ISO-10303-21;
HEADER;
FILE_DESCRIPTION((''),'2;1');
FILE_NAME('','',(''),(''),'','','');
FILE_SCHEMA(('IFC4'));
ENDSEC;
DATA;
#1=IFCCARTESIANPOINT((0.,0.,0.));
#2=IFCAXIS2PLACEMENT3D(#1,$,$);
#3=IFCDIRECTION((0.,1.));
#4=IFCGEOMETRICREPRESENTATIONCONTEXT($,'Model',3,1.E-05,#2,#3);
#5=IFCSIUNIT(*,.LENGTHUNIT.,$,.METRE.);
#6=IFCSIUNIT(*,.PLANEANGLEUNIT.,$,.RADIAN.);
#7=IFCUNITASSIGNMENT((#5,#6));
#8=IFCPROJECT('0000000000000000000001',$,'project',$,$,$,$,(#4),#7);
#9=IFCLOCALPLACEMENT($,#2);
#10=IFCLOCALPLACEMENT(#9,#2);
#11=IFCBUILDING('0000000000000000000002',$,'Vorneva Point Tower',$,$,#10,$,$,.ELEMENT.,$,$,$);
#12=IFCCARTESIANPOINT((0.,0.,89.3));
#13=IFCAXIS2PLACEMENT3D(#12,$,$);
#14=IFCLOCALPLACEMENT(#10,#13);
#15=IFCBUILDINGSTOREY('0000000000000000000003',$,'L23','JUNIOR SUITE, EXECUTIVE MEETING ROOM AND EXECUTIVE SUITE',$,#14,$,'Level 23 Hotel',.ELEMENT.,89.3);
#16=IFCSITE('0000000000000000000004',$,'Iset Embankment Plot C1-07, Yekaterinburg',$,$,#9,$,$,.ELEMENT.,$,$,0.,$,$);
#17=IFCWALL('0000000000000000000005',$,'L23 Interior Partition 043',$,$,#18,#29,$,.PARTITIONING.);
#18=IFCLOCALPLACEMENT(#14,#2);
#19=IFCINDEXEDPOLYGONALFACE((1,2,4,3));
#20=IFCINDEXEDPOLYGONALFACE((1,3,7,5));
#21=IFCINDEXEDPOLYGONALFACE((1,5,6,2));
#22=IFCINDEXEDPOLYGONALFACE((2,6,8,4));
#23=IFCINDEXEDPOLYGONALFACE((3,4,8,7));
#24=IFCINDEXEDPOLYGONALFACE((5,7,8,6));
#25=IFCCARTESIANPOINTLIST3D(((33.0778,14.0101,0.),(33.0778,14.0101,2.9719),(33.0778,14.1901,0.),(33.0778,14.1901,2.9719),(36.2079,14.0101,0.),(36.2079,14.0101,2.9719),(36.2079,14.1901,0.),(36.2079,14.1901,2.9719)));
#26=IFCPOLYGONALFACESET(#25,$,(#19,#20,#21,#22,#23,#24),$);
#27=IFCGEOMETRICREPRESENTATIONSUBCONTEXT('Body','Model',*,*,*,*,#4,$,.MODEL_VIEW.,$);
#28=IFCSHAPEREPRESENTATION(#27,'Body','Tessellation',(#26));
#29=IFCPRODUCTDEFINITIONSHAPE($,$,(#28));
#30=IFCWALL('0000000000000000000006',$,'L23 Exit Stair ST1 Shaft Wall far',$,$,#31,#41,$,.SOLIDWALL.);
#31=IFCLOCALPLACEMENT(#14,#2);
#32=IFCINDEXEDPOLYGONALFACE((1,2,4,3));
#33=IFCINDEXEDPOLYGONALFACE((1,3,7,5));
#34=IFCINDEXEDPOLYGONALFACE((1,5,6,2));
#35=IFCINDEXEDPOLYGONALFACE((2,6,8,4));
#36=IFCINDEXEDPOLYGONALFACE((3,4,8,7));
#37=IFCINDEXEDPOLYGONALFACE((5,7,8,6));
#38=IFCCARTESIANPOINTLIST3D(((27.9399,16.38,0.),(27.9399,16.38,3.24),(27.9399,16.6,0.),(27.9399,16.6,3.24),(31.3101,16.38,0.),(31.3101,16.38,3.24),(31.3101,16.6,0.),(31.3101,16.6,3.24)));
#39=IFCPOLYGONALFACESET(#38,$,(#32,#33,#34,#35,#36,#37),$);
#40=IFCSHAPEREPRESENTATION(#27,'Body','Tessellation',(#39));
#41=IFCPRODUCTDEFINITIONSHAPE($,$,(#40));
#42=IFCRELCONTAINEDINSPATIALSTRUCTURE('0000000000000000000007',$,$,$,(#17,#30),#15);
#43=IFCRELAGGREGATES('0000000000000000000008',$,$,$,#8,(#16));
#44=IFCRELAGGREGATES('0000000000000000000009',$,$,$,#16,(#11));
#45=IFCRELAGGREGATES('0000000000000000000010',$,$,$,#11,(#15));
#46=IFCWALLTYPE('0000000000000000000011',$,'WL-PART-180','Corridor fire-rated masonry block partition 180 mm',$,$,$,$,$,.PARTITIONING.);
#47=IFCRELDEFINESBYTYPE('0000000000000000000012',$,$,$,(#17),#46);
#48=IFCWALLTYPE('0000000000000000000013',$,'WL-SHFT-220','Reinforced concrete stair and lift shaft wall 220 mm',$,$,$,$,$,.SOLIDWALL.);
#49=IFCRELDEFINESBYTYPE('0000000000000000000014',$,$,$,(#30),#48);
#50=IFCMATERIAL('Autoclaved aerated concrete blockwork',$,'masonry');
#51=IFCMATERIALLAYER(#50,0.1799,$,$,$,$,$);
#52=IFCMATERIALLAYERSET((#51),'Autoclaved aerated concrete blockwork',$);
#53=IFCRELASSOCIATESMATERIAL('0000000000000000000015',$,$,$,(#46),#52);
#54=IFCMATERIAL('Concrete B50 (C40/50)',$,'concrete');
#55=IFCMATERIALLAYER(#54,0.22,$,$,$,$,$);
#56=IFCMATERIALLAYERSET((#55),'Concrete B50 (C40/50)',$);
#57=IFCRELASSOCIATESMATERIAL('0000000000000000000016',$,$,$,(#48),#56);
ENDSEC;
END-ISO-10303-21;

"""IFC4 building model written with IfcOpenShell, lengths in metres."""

from ifc_helpers import new_model, si_unit, direction, frame, frame_2d, origin, place, context, subcontext, project, spatial, rectangle, extrude, material, layer, layer_set, type_object, element, save


model = new_model("IFC4")

# Units and contexts
model_context = context("Model", 3, precision=1e-05, world=origin(), true_north=direction((0.0, 1.0)))
body_context = subcontext(model_context, "Body", "Model", "MODEL_VIEW")
ifc_project = project(units=[si_unit("LENGTHUNIT", "METRE"), si_unit("PLANEANGLEUNIT", "RADIAN")], contexts=[model_context])

# Site, building, storey
site_placement = place(None, origin())
site = spatial("IfcSite", under=ifc_project, at=site_placement, Name="Iset Embankment Plot C1-07, Yekaterinburg", CompositionType="ELEMENT", RefElevation=0.0)
building_placement = place(site_placement, origin())
building = spatial("IfcBuilding", under=site, at=building_placement, Name="Vorneva Point Tower", CompositionType="ELEMENT")
storey_placement = place(building_placement, frame((0.0, 0.0, 89.3)))
storey = spatial("IfcBuildingStorey", under=building, at=storey_placement, Name="L23", Description="JUNIOR SUITE, EXECUTIVE MEETING ROOM AND EXECUTIVE SUITE", LongName="Level 23 Hotel", CompositionType="ELEMENT", Elevation=89.3)

# Shared definitions
ifc_material_1 = material(Name="Autoclaved aerated concrete blockwork", Category="masonry")
ifc_layer_1 = layer(ifc_material_1, 0.1799)
ifc_layer_set_1 = layer_set([ifc_layer_1], Name="Autoclaved aerated concrete blockwork")
wall_type_1 = type_object("IfcWallType", Name="WL-PART-180", Description="Corridor fire-rated masonry block partition 180 mm", PredefinedType="PARTITIONING", material=ifc_layer_set_1)

# Walls
wall_1_placement = place(storey_placement, frame((33.0779, 14.1001, 0.0), z_axis=(0.0, 0.0, 1.0), x_axis=(1.0, 0.0, 0.0)))
element("IfcWall", 1, at=wall_1_placement, inside=storey, type_object=wall_type_1, Name="L23 Interior Partition 043", PredefinedType="PARTITIONING", context=body_context, shape_type="SweptSolid", body=[
    extrude(rectangle(XDim=3.1301, YDim=0.1799, at=frame_2d((1.5649, 0.0))), origin(), (0.0, 0.0, 1.0), 2.9719),
])
ifc_material_2 = material(Name="Concrete B50 (C40/50)", Category="concrete")
ifc_layer_2 = layer(ifc_material_2, 0.22)
ifc_layer_set_2 = layer_set([ifc_layer_2], Name="Concrete B50 (C40/50)")
wall_type_2 = type_object("IfcWallType", Name="WL-SHFT-220", Description="Reinforced concrete stair and lift shaft wall 220 mm", PredefinedType="SOLIDWALL", material=ifc_layer_set_2)
wall_2_placement = place(storey_placement, frame((31.3101, 16.49, 0.0), z_axis=(0.0, 0.0, 1.0), x_axis=(-1.0, 0.0, 0.0)))
element("IfcWall", 2, at=wall_2_placement, inside=storey, type_object=wall_type_2, Name="L23 Exit Stair ST1 Shaft Wall far", PredefinedType="SOLIDWALL", context=body_context, shape_type="SweptSolid", body=[
    extrude(rectangle(XDim=3.3701, YDim=0.22, at=frame_2d((1.6851, 0.0))), origin(), (0.0, 0.0, 1.0), 3.24),
])

save(model, "model.ifc")
